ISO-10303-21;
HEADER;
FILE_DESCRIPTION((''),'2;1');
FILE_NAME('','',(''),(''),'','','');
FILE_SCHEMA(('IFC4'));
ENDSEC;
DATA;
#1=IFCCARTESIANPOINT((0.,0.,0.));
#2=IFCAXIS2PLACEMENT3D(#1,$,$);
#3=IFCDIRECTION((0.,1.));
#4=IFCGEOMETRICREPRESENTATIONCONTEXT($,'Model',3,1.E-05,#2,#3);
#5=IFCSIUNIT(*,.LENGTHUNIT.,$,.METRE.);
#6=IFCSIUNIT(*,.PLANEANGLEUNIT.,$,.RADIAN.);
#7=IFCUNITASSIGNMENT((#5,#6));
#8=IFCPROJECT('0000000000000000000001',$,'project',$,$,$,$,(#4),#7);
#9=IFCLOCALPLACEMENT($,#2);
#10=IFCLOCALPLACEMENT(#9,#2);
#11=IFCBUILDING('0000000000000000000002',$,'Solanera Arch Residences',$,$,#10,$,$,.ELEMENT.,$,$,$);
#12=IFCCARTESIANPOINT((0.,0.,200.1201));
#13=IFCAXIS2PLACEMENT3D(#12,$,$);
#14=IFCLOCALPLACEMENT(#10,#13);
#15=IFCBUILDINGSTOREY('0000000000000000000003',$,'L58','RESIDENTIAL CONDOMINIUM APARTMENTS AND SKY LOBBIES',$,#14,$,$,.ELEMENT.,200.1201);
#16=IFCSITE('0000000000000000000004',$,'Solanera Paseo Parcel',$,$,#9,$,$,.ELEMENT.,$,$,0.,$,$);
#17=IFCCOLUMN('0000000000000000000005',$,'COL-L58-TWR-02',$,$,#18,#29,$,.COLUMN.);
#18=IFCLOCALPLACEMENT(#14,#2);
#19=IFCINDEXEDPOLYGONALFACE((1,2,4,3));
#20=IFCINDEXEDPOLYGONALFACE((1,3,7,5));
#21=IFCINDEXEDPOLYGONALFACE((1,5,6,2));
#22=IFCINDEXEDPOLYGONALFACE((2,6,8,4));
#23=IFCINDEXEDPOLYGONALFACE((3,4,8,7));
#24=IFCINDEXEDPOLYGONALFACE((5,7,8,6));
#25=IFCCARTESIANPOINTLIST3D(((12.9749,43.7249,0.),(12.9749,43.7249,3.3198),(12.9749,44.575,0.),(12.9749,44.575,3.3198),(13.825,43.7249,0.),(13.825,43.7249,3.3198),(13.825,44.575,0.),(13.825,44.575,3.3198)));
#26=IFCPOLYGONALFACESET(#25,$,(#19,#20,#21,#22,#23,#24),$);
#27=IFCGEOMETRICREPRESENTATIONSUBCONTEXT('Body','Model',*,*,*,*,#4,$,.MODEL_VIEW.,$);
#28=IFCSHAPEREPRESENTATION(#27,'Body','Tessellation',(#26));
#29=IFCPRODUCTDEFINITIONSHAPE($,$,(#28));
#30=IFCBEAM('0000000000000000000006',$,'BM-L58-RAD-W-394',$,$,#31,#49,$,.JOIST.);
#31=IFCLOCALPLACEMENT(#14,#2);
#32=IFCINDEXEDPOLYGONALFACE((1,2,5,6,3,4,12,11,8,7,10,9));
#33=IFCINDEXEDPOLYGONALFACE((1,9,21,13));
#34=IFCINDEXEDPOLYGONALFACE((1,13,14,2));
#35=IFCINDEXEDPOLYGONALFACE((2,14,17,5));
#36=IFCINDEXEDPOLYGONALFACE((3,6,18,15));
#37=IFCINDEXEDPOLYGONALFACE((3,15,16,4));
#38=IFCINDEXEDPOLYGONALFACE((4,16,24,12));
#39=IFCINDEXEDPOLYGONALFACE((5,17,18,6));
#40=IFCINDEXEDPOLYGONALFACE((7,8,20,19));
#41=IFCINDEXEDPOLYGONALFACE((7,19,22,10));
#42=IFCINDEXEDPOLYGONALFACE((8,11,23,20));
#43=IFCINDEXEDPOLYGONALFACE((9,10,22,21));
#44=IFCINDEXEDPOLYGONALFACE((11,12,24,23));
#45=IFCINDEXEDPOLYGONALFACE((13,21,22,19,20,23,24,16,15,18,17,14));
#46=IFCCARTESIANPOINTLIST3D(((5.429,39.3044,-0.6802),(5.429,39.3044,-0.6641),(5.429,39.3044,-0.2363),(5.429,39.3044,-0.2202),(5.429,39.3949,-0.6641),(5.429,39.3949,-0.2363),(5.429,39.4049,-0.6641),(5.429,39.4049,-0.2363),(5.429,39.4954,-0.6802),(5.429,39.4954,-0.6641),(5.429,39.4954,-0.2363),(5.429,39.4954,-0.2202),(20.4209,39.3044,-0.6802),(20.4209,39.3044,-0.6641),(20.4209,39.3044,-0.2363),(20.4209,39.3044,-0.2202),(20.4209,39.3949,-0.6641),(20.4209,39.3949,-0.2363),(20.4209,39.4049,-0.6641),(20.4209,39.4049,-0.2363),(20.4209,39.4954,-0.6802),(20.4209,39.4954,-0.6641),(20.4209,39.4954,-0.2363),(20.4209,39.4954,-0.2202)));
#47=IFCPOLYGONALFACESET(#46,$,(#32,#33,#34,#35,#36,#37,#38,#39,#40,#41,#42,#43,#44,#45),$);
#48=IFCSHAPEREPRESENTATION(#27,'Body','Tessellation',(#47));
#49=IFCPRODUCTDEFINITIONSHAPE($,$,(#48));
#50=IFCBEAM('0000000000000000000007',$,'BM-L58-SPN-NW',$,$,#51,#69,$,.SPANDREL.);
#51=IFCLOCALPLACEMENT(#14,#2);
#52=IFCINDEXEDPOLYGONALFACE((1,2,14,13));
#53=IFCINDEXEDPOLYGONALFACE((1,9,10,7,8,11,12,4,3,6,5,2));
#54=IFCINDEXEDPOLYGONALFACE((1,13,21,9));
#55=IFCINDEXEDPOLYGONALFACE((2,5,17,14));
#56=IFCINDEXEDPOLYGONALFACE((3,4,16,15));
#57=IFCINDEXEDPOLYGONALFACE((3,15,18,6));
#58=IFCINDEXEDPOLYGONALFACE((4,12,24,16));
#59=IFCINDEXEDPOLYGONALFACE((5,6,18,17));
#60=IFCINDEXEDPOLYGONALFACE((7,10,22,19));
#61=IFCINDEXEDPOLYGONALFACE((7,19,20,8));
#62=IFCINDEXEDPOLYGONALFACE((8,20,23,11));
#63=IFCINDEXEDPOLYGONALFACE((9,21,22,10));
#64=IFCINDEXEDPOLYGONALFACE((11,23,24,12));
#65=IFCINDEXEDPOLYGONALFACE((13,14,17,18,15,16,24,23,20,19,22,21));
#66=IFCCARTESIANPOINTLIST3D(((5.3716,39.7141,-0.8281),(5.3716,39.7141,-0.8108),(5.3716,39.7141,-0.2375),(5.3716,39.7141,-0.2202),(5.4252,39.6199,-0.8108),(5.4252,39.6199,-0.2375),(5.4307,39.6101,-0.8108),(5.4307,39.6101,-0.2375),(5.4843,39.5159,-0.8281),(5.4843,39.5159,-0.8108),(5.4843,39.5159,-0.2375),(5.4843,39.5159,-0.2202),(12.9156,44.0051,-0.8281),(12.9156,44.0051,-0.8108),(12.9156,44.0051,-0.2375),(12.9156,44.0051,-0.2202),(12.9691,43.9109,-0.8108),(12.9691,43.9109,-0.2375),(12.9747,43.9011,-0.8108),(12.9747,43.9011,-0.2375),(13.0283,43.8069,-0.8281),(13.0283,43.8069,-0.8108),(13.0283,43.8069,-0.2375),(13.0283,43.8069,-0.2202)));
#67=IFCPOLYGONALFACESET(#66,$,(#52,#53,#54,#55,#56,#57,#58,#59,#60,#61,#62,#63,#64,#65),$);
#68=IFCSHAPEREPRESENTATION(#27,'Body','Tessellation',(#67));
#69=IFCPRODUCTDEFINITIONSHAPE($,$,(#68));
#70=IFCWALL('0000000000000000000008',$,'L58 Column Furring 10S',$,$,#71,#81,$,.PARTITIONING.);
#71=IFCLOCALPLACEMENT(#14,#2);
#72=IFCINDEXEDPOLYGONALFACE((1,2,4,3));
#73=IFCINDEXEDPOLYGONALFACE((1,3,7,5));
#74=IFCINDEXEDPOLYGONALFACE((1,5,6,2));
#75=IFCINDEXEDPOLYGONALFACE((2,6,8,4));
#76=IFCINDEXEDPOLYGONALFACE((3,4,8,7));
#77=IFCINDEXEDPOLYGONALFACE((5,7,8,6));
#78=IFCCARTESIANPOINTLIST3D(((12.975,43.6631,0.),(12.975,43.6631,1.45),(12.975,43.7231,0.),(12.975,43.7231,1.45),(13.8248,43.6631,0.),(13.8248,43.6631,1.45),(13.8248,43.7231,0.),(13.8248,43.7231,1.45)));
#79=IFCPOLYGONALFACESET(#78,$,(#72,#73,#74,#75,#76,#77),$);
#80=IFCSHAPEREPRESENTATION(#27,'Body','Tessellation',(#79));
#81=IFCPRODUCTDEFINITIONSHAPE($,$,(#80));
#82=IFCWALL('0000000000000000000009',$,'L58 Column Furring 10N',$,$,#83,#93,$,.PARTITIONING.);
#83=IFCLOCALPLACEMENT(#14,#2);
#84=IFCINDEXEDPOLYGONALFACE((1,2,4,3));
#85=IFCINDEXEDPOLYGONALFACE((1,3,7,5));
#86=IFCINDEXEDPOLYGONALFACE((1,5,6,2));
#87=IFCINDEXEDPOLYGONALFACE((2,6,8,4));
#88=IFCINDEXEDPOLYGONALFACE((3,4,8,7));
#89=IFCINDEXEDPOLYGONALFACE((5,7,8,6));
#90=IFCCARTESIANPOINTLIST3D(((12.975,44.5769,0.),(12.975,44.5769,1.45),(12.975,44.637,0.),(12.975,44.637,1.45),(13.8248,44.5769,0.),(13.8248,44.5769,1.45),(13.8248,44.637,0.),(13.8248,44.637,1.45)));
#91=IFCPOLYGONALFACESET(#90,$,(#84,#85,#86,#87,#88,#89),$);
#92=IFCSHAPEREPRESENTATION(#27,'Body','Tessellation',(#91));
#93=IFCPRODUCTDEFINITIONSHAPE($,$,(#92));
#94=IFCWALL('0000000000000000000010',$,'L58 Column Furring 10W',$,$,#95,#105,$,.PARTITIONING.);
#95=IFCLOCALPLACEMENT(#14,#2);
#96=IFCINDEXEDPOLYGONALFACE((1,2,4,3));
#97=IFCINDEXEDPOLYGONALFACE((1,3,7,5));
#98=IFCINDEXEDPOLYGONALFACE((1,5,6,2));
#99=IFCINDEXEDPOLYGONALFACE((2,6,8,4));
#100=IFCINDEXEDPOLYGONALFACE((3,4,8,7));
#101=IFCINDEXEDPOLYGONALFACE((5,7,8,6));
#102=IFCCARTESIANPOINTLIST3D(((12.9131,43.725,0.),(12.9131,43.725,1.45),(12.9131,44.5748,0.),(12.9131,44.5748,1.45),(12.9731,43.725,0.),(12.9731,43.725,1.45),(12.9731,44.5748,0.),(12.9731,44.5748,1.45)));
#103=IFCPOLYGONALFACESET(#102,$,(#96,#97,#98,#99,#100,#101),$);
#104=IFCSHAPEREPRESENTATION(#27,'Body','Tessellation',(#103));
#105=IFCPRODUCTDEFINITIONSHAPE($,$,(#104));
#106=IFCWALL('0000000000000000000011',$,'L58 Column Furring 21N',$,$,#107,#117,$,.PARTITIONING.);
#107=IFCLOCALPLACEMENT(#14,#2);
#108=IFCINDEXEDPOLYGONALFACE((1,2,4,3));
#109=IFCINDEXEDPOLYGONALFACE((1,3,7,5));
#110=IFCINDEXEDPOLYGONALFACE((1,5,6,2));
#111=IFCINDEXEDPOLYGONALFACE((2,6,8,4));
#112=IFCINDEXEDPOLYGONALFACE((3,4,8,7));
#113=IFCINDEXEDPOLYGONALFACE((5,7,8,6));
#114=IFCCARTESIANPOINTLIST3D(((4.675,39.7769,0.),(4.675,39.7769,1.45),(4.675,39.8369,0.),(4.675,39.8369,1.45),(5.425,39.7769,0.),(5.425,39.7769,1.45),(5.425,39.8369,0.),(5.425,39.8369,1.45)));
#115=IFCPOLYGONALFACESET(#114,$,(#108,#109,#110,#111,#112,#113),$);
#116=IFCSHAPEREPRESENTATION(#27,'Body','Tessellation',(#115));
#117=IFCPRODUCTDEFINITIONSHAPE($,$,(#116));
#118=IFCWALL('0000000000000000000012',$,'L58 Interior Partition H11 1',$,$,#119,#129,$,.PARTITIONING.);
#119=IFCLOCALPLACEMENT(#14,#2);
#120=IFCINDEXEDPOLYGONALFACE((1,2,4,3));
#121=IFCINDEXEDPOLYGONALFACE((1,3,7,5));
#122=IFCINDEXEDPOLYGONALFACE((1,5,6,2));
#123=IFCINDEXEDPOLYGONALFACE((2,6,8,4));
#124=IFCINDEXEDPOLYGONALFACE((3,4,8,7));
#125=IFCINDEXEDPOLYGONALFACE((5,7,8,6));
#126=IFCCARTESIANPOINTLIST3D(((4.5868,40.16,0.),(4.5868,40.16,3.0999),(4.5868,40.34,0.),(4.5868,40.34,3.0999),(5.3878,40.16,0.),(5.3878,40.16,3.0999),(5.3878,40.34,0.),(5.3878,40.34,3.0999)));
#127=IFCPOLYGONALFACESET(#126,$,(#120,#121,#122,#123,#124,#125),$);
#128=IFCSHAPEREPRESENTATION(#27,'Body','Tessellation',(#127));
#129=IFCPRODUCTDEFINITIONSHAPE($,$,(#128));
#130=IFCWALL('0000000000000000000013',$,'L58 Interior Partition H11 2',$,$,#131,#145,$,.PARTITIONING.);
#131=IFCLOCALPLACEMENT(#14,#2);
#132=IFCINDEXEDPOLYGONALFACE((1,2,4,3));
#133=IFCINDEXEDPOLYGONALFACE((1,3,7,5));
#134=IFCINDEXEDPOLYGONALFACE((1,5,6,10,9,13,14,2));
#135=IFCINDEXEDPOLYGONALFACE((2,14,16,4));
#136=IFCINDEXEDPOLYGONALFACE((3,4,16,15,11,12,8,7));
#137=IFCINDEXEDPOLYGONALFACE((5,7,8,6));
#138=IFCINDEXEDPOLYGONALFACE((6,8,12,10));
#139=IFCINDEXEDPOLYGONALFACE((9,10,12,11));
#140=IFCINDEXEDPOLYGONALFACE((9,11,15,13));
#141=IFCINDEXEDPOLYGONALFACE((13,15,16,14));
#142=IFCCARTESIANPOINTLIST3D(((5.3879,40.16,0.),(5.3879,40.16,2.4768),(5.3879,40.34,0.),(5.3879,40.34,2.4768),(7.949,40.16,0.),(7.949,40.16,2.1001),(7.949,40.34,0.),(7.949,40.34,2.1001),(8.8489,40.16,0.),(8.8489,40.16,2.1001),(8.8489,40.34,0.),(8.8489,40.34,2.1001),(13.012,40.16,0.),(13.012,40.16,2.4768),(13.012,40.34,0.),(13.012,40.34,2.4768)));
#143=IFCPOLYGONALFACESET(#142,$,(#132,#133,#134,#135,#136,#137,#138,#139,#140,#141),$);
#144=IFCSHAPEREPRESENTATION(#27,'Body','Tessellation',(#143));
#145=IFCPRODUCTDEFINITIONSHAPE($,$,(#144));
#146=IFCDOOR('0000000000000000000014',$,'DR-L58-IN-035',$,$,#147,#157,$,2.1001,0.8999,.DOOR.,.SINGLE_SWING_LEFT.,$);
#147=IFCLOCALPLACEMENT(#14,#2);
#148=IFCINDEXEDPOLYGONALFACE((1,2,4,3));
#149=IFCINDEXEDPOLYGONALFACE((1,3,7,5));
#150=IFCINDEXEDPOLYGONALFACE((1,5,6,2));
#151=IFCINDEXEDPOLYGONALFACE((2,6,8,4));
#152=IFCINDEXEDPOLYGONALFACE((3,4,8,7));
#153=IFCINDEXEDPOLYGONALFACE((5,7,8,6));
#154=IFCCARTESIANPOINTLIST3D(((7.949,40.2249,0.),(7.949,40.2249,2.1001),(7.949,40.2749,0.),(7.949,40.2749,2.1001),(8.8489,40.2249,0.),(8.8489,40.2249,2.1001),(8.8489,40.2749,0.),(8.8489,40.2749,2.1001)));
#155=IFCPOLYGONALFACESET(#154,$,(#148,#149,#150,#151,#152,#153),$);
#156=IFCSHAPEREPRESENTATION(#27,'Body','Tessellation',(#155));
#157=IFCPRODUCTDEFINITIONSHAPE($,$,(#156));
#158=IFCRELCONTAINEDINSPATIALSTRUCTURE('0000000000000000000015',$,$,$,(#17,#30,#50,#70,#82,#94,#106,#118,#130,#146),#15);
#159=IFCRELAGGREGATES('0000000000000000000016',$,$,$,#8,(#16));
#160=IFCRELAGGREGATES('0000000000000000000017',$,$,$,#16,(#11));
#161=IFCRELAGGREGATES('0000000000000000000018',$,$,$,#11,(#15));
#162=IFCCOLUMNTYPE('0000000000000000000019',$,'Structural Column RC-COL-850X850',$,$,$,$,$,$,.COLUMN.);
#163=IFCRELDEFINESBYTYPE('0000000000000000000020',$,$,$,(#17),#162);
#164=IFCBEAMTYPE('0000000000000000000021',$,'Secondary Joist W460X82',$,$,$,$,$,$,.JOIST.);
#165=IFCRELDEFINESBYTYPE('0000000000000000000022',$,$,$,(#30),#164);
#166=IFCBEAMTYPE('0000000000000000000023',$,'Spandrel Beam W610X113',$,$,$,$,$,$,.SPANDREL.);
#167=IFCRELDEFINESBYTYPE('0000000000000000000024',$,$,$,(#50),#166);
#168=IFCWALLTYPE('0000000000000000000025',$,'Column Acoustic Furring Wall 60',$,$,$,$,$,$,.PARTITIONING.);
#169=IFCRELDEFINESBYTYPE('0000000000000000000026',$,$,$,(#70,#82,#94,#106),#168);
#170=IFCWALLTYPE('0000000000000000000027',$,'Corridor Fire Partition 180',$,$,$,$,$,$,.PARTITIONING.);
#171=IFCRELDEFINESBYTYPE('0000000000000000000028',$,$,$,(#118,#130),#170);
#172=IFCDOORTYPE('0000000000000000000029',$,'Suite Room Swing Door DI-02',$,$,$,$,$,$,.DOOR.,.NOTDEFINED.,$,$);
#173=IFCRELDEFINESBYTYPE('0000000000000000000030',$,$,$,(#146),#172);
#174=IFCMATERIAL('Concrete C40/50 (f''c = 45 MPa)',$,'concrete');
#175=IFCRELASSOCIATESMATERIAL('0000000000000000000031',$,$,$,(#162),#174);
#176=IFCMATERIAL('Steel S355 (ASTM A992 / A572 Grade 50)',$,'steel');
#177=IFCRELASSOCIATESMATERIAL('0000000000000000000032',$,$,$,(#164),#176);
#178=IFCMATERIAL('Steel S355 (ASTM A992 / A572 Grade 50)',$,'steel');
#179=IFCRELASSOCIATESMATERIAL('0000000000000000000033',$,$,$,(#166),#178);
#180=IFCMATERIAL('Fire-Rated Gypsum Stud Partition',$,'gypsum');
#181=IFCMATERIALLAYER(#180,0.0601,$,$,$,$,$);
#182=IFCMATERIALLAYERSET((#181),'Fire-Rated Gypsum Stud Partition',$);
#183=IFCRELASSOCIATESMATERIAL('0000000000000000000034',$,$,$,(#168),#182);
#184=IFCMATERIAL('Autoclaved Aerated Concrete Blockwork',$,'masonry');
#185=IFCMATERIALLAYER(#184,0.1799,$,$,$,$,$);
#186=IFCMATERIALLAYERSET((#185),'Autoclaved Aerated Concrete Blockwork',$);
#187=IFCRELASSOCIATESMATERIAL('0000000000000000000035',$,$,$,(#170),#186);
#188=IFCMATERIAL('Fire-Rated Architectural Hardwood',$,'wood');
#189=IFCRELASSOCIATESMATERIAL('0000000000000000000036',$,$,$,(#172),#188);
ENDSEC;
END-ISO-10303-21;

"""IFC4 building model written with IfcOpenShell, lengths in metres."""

from ifc_helpers import new_model, si_unit, direction, frame, frame_2d, origin, origin_2d, place, context, subcontext, project, spatial, rectangle, i_section, extrude, material, layer, layer_set, material_profile, profile_set, type_object, element, fill, save


model = new_model("IFC4")

# Units and contexts
model_context = context("Model", 3, precision=1e-05, world=origin(), true_north=direction((0.0, 1.0)))
body_context = subcontext(model_context, "Body", "Model", "MODEL_VIEW")
ifc_project = project(units=[si_unit("LENGTHUNIT", "METRE"), si_unit("PLANEANGLEUNIT", "RADIAN")], contexts=[model_context])

# Site, building, storey
site_placement = place(None, origin())
site = spatial("IfcSite", under=ifc_project, at=site_placement, Name="Solanera Paseo Parcel", CompositionType="ELEMENT", RefElevation=0.0)
building_placement = place(site_placement, origin())
building = spatial("IfcBuilding", under=site, at=building_placement, Name="Solanera Arch Residences", CompositionType="ELEMENT")
storey_placement = place(building_placement, frame((0.0, 0.0, 200.1201)))
storey = spatial("IfcBuildingStorey", under=building, at=storey_placement, Name="L58", Description="RESIDENTIAL CONDOMINIUM APARTMENTS AND SKY LOBBIES", CompositionType="ELEMENT", Elevation=200.1201)

# Column
ifc_material_1 = material(Name="Concrete C40/50 (f'c = 45 MPa)", Category="concrete")
ifc_material_profile_1 = material_profile(ifc_material_1, rectangle(XDim=0.8501, YDim=0.8501, at=origin_2d()))
ifc_profile_set_1 = profile_set([ifc_material_profile_1], Name="Concrete C40/50 (f'c = 45 MPa)")
column_type = type_object("IfcColumnType", Name="Structural Column RC-COL-850X850", PredefinedType="COLUMN", material=ifc_profile_set_1)
column_placement = place(storey_placement, frame((13.3999, 44.1499, 0.0), z_axis=(0.0, 0.0, 1.0), x_axis=(1.0, 0.0, 0.0)))
element("IfcColumn", 1, at=column_placement, inside=storey, type_object=column_type, Name="COL-L58-TWR-02", PredefinedType="COLUMN", context=body_context, shape_type="SweptSolid", body=[
    extrude(rectangle(XDim=0.8501, YDim=0.8501, at=origin_2d()), origin(), (0.0, 0.0, 1.0), 3.3198),
])

# Beams
ifc_material_2 = material(Name="Steel S355 (ASTM A992 / A572 Grade 50)", Category="steel")
ifc_material_profile_2 = material_profile(ifc_material_2, i_section(OverallWidth=0.1909, OverallDepth=0.46, WebThickness=0.01, FlangeThickness=0.0161, at=origin_2d()))
ifc_profile_set_2 = profile_set([ifc_material_profile_2], Name="Steel S355 (ASTM A992 / A572 Grade 50)")
beam_type_1 = type_object("IfcBeamType", Name="Secondary Joist W460X82", PredefinedType="JOIST", material=ifc_profile_set_2)
beam_1_placement = place(storey_placement, frame((5.429, 39.3999, -0.4502), z_axis=(1.0, 0.0, 0.0), x_axis=(0.0, 1.0, 0.0)))
element("IfcBeam", 2, at=beam_1_placement, inside=storey, type_object=beam_type_1, Name="BM-L58-RAD-W-394", PredefinedType="JOIST", context=body_context, shape_type="SweptSolid", body=[
    extrude(i_section(OverallWidth=0.1909, OverallDepth=0.46, WebThickness=0.01, FlangeThickness=0.0161, at=origin_2d()), origin(), (0.0, 0.0, 1.0), 14.9919),
])
ifc_material_3 = material(Name="Steel S355 (ASTM A992 / A572 Grade 50)", Category="steel")
ifc_material_profile_3 = material_profile(ifc_material_3, i_section(OverallWidth=0.228, OverallDepth=0.6079, WebThickness=0.0112, FlangeThickness=0.0173, at=origin_2d()))
ifc_profile_set_3 = profile_set([ifc_material_profile_3], Name="Steel S355 (ASTM A992 / A572 Grade 50)")
beam_type_2 = type_object("IfcBeamType", Name="Spandrel Beam W610X113", PredefinedType="SPANDREL", material=ifc_profile_set_3)
beam_2_placement = place(storey_placement, frame((12.9719, 43.906, -0.5242), z_axis=(-0.869225, -0.494417, 0.0), x_axis=(0.494417, -0.869225, 0.0)))
element("IfcBeam", 3, at=beam_2_placement, inside=storey, type_object=beam_type_2, Name="BM-L58-SPN-NW", PredefinedType="SPANDREL", context=body_context, shape_type="SweptSolid", body=[
    extrude(i_section(OverallWidth=0.228, OverallDepth=0.6079, WebThickness=0.0112, FlangeThickness=0.0173, at=origin_2d()), origin(), (0.0, 0.0, 1.0), 8.679),
])

# Walls
ifc_material_4 = material(Name="Fire-Rated Gypsum Stud Partition", Category="gypsum")
ifc_layer_1 = layer(ifc_material_4, 0.0601)
ifc_layer_set_1 = layer_set([ifc_layer_1], Name="Fire-Rated Gypsum Stud Partition")
wall_type_1 = type_object("IfcWallType", Name="Column Acoustic Furring Wall 60", PredefinedType="PARTITIONING", material=ifc_layer_set_1)
for number, where, z_axis, x_axis, name in (
    (4, (12.9751, 43.6931, 0.0), (0.0, 0.0, 1.0), (1.0, 0.0, 0.0), "L58 Column Furring 10S"),
    (5, (12.9751, 44.6069, 0.0), (0.0, 0.0, 1.0), (1.0, 0.0, 0.0), "L58 Column Furring 10N"),
    (6, (12.9431, 43.7251, 0.0), (0.0, 0.0, 1.0), (0.0, 1.0, 0.0), "L58 Column Furring 10W"),
):
    element("IfcWall", number, at=place(storey_placement, frame(where, z_axis=z_axis, x_axis=x_axis)), inside=storey, type_object=wall_type_1, Name=name, PredefinedType="PARTITIONING", context=body_context, shape_type="SweptSolid", body=[
        extrude(rectangle(XDim=0.8499, YDim=0.0601, at=frame_2d((0.4248, 0.0))), origin(), (0.0, 0.0, 1.0), 1.45),
    ])
wall_1_placement = place(storey_placement, frame((4.675, 39.8069, 0.0), z_axis=(0.0, 0.0, 1.0), x_axis=(1.0, 0.0, 0.0)))
element("IfcWall", 7, at=wall_1_placement, inside=storey, type_object=wall_type_1, Name="L58 Column Furring 21N", PredefinedType="PARTITIONING", context=body_context, shape_type="SweptSolid", body=[
    extrude(rectangle(XDim=0.75, YDim=0.0601, at=frame_2d((0.375, 0.0))), origin(), (0.0, 0.0, 1.0), 1.45),
])
ifc_material_5 = material(Name="Autoclaved Aerated Concrete Blockwork", Category="masonry")
ifc_layer_2 = layer(ifc_material_5, 0.1799)
ifc_layer_set_2 = layer_set([ifc_layer_2], Name="Autoclaved Aerated Concrete Blockwork")
wall_type_2 = type_object("IfcWallType", Name="Corridor Fire Partition 180", PredefinedType="PARTITIONING", material=ifc_layer_set_2)
wall_2_placement = place(storey_placement, frame((4.5869, 40.25, 0.0), z_axis=(0.0, 0.0, 1.0), x_axis=(1.0, 0.0, 0.0)))
element("IfcWall", 8, at=wall_2_placement, inside=storey, type_object=wall_type_2, Name="L58 Interior Partition H11 1", PredefinedType="PARTITIONING", context=body_context, shape_type="SweptSolid", body=[
    extrude(rectangle(XDim=0.801, YDim=0.1799, at=frame_2d((0.4004, 0.0))), origin(), (0.0, 0.0, 1.0), 3.0999),
])

# Wall, opening, door
wall_3_placement = place(storey_placement, frame((5.3879, 40.25, 0.0), z_axis=(0.0, 0.0, 1.0), x_axis=(1.0, 0.0, 0.0)))
wall_3 = element("IfcWall", 9, at=wall_3_placement, inside=storey, type_object=wall_type_2, Name="L58 Interior Partition H11 2", PredefinedType="PARTITIONING", context=body_context, shape_type="SweptSolid", body=[
    extrude(rectangle(XDim=7.624, YDim=0.1799, at=frame_2d((3.812, 0.0))), origin(), (0.0, 0.0, 1.0), 2.4768),
])
opening_1_placement = place(wall_3_placement, frame((2.561, 0.0, 0.0)))
opening_1 = element("IfcOpeningElement", 10, at=opening_1_placement, cuts=wall_3, PredefinedType="OPENING", context=body_context, shape_type="SweptSolid", body=[
    extrude(rectangle(XDim=0.8999, YDim=2.1001, at=frame_2d((0.45, 1.05))), frame((0.0, 0.1001, 0.0), z_axis=(0.0, -1.0, 0.0), x_axis=(1.0, 0.0, 0.0)), (0.0, 0.0, 1.0), 0.1999),
])
ifc_material_6 = material(Name="Fire-Rated Architectural Hardwood", Category="wood")
door_type_1 = type_object("IfcDoorType", Name="Suite Room Swing Door DI-02", OperationType="NOTDEFINED", PredefinedType="DOOR", material=ifc_material_6)
door_1_placement = place(opening_1_placement, origin())
door_1 = element("IfcDoor", 11, at=door_1_placement, inside=storey, type_object=door_type_1, Name="DR-L58-IN-035", OperationType="SINGLE_SWING_LEFT", OverallHeight=2.1001, OverallWidth=0.8999, PredefinedType="DOOR", context=body_context, shape_type="SweptSolid", body=[
    extrude(rectangle(XDim=0.8999, YDim=2.1001, at=frame_2d((0.45, 1.05))), frame((0.0, 0.0249, 0.0), z_axis=(0.0, -1.0, 0.0), x_axis=(1.0, 0.0, 0.0)), (0.0, 0.0, 1.0), 0.05),
])
fill(opening_1, door_1)

save(model, "model.ifc")
